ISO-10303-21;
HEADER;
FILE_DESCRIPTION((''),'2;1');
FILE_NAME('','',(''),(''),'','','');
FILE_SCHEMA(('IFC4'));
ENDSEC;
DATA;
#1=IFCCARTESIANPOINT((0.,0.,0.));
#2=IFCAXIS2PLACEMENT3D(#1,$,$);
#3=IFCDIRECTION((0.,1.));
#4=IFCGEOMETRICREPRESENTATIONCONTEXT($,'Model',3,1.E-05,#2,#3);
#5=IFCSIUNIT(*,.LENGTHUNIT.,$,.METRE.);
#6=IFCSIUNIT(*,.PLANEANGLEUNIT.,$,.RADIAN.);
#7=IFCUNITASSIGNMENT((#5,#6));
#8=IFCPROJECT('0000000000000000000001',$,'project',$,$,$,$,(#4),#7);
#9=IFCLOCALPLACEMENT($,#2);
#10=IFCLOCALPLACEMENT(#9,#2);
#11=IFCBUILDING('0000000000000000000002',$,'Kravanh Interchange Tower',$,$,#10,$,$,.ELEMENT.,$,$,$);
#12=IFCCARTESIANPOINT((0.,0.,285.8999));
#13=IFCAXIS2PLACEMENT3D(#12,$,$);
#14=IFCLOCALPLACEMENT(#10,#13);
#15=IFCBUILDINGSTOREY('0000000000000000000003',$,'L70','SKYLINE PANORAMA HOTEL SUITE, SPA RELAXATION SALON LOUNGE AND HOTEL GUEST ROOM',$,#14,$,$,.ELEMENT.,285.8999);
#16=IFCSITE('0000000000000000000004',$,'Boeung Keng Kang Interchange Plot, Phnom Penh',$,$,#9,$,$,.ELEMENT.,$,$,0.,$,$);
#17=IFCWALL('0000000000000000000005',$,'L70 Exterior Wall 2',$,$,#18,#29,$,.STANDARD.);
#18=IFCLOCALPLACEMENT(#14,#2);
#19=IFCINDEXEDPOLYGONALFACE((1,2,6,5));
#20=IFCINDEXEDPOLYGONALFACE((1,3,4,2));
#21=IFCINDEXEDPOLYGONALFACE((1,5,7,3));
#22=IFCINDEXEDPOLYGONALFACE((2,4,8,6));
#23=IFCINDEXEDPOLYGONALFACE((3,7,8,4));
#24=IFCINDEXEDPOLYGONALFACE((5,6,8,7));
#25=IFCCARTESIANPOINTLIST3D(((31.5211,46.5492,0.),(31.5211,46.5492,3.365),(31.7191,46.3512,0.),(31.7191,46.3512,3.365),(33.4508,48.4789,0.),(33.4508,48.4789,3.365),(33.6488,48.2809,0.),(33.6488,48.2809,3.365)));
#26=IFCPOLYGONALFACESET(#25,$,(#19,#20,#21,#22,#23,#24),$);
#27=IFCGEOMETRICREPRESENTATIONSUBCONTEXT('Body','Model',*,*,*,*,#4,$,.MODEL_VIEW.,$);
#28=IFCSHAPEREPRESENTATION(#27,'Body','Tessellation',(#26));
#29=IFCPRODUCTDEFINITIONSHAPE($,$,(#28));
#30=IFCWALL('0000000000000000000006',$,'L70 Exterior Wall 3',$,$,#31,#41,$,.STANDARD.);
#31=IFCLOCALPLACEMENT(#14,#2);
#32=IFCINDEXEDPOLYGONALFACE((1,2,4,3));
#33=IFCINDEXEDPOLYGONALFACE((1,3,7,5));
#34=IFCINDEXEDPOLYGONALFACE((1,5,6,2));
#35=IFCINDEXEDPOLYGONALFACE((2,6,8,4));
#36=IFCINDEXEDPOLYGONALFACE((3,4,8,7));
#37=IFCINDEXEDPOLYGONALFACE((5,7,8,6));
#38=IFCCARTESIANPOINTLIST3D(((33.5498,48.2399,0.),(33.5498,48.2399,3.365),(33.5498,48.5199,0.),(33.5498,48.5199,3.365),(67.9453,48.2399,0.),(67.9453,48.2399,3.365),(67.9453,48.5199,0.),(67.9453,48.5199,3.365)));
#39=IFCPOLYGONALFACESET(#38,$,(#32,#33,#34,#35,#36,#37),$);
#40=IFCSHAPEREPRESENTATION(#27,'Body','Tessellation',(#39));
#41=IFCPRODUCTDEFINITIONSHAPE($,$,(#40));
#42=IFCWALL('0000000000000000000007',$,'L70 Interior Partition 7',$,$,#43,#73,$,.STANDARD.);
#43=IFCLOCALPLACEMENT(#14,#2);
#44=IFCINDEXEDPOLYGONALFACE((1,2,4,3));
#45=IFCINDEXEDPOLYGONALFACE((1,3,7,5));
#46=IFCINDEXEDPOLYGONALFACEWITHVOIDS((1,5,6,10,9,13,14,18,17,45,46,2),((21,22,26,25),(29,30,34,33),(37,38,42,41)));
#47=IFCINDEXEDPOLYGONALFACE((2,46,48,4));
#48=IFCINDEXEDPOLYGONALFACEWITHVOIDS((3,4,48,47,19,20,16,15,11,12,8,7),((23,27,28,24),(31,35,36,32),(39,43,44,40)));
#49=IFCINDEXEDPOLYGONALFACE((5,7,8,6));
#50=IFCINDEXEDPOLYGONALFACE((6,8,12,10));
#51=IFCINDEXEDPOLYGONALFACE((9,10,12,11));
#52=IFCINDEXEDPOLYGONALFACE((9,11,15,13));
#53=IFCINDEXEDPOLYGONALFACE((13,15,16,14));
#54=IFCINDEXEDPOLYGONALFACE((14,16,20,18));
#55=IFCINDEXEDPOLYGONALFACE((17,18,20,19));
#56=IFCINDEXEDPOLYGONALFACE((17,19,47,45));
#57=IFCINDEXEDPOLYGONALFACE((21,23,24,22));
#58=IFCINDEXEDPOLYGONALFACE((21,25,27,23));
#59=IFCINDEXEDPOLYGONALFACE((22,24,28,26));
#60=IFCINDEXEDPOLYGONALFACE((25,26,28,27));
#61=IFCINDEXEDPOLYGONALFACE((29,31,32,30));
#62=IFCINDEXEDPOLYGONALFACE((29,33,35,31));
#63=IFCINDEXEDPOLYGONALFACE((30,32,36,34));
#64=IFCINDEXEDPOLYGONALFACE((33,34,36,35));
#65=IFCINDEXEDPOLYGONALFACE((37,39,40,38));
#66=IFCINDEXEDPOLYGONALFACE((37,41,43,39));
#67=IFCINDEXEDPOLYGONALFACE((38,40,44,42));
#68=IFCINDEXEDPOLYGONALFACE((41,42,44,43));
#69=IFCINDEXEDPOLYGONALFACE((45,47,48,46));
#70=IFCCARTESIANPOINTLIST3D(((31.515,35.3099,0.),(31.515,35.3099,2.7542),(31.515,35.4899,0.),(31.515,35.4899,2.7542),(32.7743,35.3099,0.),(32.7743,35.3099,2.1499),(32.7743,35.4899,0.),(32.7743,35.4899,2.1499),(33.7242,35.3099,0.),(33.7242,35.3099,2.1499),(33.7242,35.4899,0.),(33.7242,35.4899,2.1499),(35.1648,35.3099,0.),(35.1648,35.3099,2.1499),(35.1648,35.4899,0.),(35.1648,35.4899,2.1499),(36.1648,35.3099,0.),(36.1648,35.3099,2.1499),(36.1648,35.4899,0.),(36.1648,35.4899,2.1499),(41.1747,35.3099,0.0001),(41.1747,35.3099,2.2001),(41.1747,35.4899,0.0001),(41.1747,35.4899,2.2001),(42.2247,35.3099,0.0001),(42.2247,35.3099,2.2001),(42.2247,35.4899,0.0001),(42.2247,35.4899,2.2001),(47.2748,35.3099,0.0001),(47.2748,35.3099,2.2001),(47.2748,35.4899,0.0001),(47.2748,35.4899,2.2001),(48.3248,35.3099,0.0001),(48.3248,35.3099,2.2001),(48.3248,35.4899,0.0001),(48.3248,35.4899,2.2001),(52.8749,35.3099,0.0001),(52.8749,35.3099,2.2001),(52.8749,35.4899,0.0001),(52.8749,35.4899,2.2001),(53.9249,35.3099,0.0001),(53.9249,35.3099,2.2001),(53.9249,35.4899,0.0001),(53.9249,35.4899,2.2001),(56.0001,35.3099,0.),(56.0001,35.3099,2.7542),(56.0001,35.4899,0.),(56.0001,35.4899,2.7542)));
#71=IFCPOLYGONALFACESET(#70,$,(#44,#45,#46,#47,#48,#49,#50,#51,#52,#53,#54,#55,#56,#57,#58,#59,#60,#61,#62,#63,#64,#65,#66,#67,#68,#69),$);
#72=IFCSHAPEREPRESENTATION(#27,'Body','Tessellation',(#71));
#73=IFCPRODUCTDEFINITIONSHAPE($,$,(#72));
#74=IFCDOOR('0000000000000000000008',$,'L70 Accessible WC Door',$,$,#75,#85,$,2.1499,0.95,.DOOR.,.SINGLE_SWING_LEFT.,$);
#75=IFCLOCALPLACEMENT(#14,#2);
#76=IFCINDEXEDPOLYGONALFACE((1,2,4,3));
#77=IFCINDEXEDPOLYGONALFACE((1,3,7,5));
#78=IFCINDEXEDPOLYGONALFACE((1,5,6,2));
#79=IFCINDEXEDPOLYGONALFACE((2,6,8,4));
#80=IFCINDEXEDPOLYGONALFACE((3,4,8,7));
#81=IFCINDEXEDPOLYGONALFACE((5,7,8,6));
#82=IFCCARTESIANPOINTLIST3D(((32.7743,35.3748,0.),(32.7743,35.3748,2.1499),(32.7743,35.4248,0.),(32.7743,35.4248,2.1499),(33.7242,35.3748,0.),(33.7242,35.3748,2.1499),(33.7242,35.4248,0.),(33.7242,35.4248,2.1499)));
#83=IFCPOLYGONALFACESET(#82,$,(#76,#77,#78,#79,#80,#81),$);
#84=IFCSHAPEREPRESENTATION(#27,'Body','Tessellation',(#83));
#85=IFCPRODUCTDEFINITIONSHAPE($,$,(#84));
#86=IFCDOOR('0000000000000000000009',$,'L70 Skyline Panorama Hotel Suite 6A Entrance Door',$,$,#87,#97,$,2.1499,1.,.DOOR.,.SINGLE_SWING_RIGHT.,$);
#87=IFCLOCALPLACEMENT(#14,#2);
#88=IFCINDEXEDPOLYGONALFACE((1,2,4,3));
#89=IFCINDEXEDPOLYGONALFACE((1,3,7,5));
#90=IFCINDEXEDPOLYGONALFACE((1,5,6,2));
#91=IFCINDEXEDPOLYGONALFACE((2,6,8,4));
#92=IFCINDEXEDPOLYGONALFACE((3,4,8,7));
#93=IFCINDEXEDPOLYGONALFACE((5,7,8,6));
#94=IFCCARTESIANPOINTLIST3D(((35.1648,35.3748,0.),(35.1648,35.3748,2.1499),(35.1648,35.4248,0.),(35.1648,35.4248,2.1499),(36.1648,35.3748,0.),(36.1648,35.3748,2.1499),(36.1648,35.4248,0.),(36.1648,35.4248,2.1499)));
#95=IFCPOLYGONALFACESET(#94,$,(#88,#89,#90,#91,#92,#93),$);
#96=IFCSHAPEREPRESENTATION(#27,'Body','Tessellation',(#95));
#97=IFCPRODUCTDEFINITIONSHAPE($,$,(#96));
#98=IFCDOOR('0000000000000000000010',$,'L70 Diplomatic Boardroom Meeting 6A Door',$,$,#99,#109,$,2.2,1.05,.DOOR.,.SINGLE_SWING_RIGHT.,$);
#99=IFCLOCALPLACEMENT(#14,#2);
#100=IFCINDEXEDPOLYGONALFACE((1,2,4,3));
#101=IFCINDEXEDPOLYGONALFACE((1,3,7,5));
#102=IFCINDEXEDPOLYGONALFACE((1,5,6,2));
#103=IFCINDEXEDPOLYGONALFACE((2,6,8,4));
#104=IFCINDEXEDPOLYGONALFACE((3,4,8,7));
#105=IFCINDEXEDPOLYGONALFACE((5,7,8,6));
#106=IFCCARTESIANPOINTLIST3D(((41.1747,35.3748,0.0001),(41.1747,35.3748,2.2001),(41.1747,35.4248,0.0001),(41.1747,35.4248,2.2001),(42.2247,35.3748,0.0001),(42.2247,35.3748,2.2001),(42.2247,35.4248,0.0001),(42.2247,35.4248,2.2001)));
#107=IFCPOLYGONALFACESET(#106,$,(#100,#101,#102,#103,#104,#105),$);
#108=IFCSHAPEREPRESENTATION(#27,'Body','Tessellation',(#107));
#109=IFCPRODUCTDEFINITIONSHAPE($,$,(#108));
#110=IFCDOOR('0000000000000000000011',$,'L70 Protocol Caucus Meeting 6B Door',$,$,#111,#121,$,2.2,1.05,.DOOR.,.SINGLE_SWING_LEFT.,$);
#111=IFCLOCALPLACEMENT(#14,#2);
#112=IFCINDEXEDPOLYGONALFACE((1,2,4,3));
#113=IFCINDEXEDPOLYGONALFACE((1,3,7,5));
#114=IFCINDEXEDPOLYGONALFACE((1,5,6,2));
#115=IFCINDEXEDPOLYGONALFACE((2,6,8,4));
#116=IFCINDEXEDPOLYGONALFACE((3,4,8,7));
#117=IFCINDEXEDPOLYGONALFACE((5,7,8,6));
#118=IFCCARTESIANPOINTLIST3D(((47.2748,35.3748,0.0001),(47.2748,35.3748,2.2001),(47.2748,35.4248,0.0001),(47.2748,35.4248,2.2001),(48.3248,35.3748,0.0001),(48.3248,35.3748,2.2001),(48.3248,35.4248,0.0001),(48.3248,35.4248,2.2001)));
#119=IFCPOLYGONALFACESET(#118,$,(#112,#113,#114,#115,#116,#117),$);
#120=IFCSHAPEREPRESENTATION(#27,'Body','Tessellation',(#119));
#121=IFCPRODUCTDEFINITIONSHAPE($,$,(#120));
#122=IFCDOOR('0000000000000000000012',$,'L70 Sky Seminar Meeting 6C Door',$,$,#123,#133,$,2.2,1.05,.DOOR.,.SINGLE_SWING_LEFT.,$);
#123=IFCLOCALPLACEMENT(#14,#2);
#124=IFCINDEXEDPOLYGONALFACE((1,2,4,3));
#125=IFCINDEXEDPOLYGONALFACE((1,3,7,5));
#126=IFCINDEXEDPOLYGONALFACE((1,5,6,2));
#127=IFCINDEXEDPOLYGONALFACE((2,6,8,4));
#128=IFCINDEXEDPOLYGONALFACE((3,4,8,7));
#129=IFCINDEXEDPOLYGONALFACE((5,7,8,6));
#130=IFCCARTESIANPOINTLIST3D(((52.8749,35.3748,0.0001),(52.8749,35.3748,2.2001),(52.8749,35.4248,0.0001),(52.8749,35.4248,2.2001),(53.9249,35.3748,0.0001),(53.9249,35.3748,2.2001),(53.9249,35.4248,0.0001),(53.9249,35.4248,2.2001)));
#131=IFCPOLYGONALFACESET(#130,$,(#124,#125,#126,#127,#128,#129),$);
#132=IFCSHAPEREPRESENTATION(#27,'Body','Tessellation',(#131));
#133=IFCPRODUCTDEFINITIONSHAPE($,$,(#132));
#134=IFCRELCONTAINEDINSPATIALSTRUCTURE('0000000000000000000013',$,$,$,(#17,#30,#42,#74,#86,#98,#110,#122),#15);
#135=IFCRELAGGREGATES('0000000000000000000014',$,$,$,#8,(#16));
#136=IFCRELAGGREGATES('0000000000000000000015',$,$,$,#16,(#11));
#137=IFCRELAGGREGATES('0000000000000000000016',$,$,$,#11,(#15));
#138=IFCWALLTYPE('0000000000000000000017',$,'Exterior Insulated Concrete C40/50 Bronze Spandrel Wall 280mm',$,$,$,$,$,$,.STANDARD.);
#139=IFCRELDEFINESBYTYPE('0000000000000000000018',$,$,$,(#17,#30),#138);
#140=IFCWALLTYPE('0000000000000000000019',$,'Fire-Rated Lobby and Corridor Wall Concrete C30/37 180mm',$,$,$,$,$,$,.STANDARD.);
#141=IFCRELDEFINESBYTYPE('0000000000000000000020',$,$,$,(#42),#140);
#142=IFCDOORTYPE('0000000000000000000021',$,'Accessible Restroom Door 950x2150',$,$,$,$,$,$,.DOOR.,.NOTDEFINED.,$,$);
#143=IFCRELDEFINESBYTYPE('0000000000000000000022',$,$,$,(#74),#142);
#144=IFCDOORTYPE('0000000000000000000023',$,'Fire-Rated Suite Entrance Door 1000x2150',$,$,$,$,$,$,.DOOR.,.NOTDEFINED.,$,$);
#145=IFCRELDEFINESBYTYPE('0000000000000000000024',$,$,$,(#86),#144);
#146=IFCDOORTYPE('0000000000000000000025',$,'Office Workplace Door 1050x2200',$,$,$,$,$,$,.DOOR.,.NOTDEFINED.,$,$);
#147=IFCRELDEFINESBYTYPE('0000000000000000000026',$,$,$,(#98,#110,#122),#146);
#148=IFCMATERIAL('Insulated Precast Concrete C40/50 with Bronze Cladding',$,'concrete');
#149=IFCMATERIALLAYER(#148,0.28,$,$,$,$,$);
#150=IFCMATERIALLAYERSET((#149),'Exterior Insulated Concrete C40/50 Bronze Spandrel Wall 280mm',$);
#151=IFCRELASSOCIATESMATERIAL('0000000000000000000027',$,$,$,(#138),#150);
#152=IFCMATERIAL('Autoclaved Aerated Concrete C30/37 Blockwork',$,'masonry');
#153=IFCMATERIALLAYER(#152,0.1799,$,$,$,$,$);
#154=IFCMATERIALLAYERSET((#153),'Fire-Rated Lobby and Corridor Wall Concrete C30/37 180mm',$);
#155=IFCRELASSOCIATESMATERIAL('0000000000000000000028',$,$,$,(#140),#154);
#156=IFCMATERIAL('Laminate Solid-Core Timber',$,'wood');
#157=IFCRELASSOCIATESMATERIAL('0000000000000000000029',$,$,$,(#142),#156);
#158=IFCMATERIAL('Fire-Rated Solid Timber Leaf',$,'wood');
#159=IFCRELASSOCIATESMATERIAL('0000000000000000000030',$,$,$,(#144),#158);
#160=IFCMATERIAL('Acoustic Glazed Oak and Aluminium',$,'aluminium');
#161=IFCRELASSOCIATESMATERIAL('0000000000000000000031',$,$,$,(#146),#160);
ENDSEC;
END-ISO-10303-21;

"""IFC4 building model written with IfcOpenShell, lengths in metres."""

from ifc_helpers import new_model, si_unit, direction, frame, frame_2d, origin, place, context, subcontext, project, spatial, rectangle, extrude, material, layer, layer_set, type_object, element, fill, save


model = new_model("IFC4")

# Units and contexts
model_context = context("Model", 3, precision=1e-05, world=origin(), true_north=direction((0.0, 1.0)))
body_context = subcontext(model_context, "Body", "Model", "MODEL_VIEW")
ifc_project = project(units=[si_unit("LENGTHUNIT", "METRE"), si_unit("PLANEANGLEUNIT", "RADIAN")], contexts=[model_context])

# Site, building, storey
site_placement = place(None, origin())
site = spatial("IfcSite", under=ifc_project, at=site_placement, Name="Boeung Keng Kang Interchange Plot, Phnom Penh", CompositionType="ELEMENT", RefElevation=0.0)
building_placement = place(site_placement, origin())
building = spatial("IfcBuilding", under=site, at=building_placement, Name="Kravanh Interchange Tower", CompositionType="ELEMENT")
storey_placement = place(building_placement, frame((0.0, 0.0, 285.8999)))
storey = spatial("IfcBuildingStorey", under=building, at=storey_placement, Name="L70", Description="SKYLINE PANORAMA HOTEL SUITE, SPA RELAXATION SALON LOUNGE AND HOTEL GUEST ROOM", CompositionType="ELEMENT", Elevation=285.8999)

# Walls
ifc_material_1 = material(Name="Insulated Precast Concrete C40/50 with Bronze Cladding", Category="concrete")
ifc_layer_1 = layer(ifc_material_1, 0.28)
ifc_layer_set_1 = layer_set([ifc_layer_1], Name="Exterior Insulated Concrete C40/50 Bronze Spandrel Wall 280mm")
wall_type_1 = type_object("IfcWallType", Name="Exterior Insulated Concrete C40/50 Bronze Spandrel Wall 280mm", PredefinedType="STANDARD", material=ifc_layer_set_1)
wall_1_placement = place(storey_placement, frame((31.6201, 46.4502, 0.0), z_axis=(0.0, 0.0, 1.0), x_axis=(0.707107, 0.707107, 0.0)))
element("IfcWall", 1, at=wall_1_placement, inside=storey, type_object=wall_type_1, Name="L70 Exterior Wall 2", PredefinedType="STANDARD", context=body_context, shape_type="SweptSolid", body=[
    extrude(rectangle(XDim=2.729, YDim=0.28, at=frame_2d((1.3645, 0.0))), origin(), (0.0, 0.0, 1.0), 3.365),
])
wall_2_placement = place(storey_placement, frame((33.5498, 48.3799, 0.0), z_axis=(0.0, 0.0, 1.0), x_axis=(1.0, 0.0, 0.0)))
element("IfcWall", 2, at=wall_2_placement, inside=storey, type_object=wall_type_1, Name="L70 Exterior Wall 3", PredefinedType="STANDARD", context=body_context, shape_type="SweptSolid", body=[
    extrude(rectangle(XDim=34.3955, YDim=0.28, at=frame_2d((17.1978, 0.0))), origin(), (0.0, 0.0, 1.0), 3.365),
])

# Wall, openings, doors
ifc_material_2 = material(Name="Autoclaved Aerated Concrete C30/37 Blockwork", Category="masonry")
ifc_layer_2 = layer(ifc_material_2, 0.1799)
ifc_layer_set_2 = layer_set([ifc_layer_2], Name="Fire-Rated Lobby and Corridor Wall Concrete C30/37 180mm")
wall_type_2 = type_object("IfcWallType", Name="Fire-Rated Lobby and Corridor Wall Concrete C30/37 180mm", PredefinedType="STANDARD", material=ifc_layer_set_2)
wall_3_placement = place(storey_placement, frame((31.5149, 35.3999, 0.0), z_axis=(0.0, 0.0, 1.0), x_axis=(1.0, 0.0, 0.0)))
wall_3 = element("IfcWall", 3, at=wall_3_placement, inside=storey, type_object=wall_type_2, Name="L70 Interior Partition 7", PredefinedType="STANDARD", context=body_context, shape_type="SweptSolid", body=[
    extrude(rectangle(XDim=24.4851, YDim=0.1799, at=frame_2d((12.2427, 0.0))), origin(), (0.0, 0.0, 1.0), 2.7542),
])
opening_1_placement = place(wall_3_placement, frame((1.2593, 0.0, 0.0)))
opening_1 = element("IfcOpeningElement", 4, at=opening_1_placement, cuts=wall_3, PredefinedType="OPENING", context=body_context, shape_type="SweptSolid", body=[
    extrude(rectangle(XDim=0.95, YDim=2.1499, at=frame_2d((0.4751, 1.075))), frame((0.0, 0.1001, 0.0), z_axis=(0.0, -1.0, 0.0), x_axis=(1.0, 0.0, 0.0)), (0.0, 0.0, 1.0), 0.2),
])
opening_2_placement = place(wall_3_placement, frame((3.6499, 0.0, 0.0)))
opening_2 = element("IfcOpeningElement", 5, at=opening_2_placement, cuts=wall_3, PredefinedType="OPENING", context=body_context, shape_type="SweptSolid", body=[
    extrude(rectangle(XDim=1.0, YDim=2.1499, at=frame_2d((0.5, 1.075))), frame((0.0, 0.1001, 0.0), z_axis=(0.0, -1.0, 0.0), x_axis=(1.0, 0.0, 0.0)), (0.0, 0.0, 1.0), 0.2),
])
opening_3_placement = place(wall_3_placement, frame((9.6599, 0.0, 0.0)))
opening_3 = element("IfcOpeningElement", 6, at=opening_3_placement, cuts=wall_3, PredefinedType="OPENING", context=body_context, shape_type="SweptSolid", body=[
    extrude(rectangle(XDim=1.05, YDim=2.2, at=frame_2d((0.5249, 1.1001))), frame((0.0, 0.1001, 0.0), z_axis=(0.0, -1.0, 0.0), x_axis=(1.0, 0.0, 0.0)), (0.0, 0.0, 1.0), 0.2),
])
opening_4_placement = place(wall_3_placement, frame((15.76, 0.0, 0.0)))
opening_4 = element("IfcOpeningElement", 7, at=opening_4_placement, cuts=wall_3, PredefinedType="OPENING", context=body_context, shape_type="SweptSolid", body=[
    extrude(rectangle(XDim=1.05, YDim=2.2, at=frame_2d((0.5249, 1.1001))), frame((0.0, 0.1001, 0.0), z_axis=(0.0, -1.0, 0.0), x_axis=(1.0, 0.0, 0.0)), (0.0, 0.0, 1.0), 0.2),
])
opening_5_placement = place(wall_3_placement, frame((21.3601, 0.0, 0.0)))
opening_5 = element("IfcOpeningElement", 8, at=opening_5_placement, cuts=wall_3, PredefinedType="OPENING", context=body_context, shape_type="SweptSolid", body=[
    extrude(rectangle(XDim=1.05, YDim=2.2, at=frame_2d((0.5249, 1.1001))), frame((0.0, 0.1001, 0.0), z_axis=(0.0, -1.0, 0.0), x_axis=(1.0, 0.0, 0.0)), (0.0, 0.0, 1.0), 0.2),
])
ifc_material_3 = material(Name="Laminate Solid-Core Timber", Category="wood")
door_type_1 = type_object("IfcDoorType", Name="Accessible Restroom Door 950x2150", OperationType="NOTDEFINED", PredefinedType="DOOR", material=ifc_material_3)
door_1_placement = place(opening_1_placement, origin())
door_1 = element("IfcDoor", 9, at=door_1_placement, inside=storey, type_object=door_type_1, Name="L70 Accessible WC Door", OperationType="SINGLE_SWING_LEFT", OverallHeight=2.1499, OverallWidth=0.95, PredefinedType="DOOR", context=body_context, shape_type="SweptSolid", body=[
    extrude(rectangle(XDim=0.95, YDim=2.1499, at=frame_2d((0.4751, 1.075))), frame((0.0, 0.0249, 0.0), z_axis=(0.0, -1.0, 0.0), x_axis=(1.0, 0.0, 0.0)), (0.0, 0.0, 1.0), 0.05),
])
fill(opening_1, door_1)
ifc_material_4 = material(Name="Fire-Rated Solid Timber Leaf", Category="wood")
door_type_2 = type_object("IfcDoorType", Name="Fire-Rated Suite Entrance Door 1000x2150", OperationType="NOTDEFINED", PredefinedType="DOOR", material=ifc_material_4)
door_2_placement = place(opening_2_placement, origin())
door_2 = element("IfcDoor", 10, at=door_2_placement, inside=storey, type_object=door_type_2, Name="L70 Skyline Panorama Hotel Suite 6A Entrance Door", OperationType="SINGLE_SWING_RIGHT", OverallHeight=2.1499, OverallWidth=1.0, PredefinedType="DOOR", context=body_context, shape_type="SweptSolid", body=[
    extrude(rectangle(XDim=1.0, YDim=2.1499, at=frame_2d((0.5, 1.075))), frame((0.0, 0.0249, 0.0), z_axis=(0.0, -1.0, 0.0), x_axis=(1.0, 0.0, 0.0)), (0.0, 0.0, 1.0), 0.05),
])
fill(opening_2, door_2)
ifc_material_5 = material(Name="Acoustic Glazed Oak and Aluminium", Category="aluminium")
door_type_3 = type_object("IfcDoorType", Name="Office Workplace Door 1050x2200", OperationType="NOTDEFINED", PredefinedType="DOOR", material=ifc_material_5)
door_3_placement = place(opening_3_placement, origin())
door_3 = element("IfcDoor", 11, at=door_3_placement, inside=storey, type_object=door_type_3, Name="L70 Diplomatic Boardroom Meeting 6A Door", OperationType="SINGLE_SWING_RIGHT", OverallHeight=2.2, OverallWidth=1.05, PredefinedType="DOOR", context=body_context, shape_type="SweptSolid", body=[
    extrude(rectangle(XDim=1.05, YDim=2.2, at=frame_2d((0.5249, 1.1001))), frame((0.0, 0.0249, 0.0), z_axis=(0.0, -1.0, 0.0), x_axis=(1.0, 0.0, 0.0)), (0.0, 0.0, 1.0), 0.05),
])
fill(opening_3, door_3)
door_4_placement = place(opening_4_placement, origin())
door_4 = element("IfcDoor", 12, at=door_4_placement, inside=storey, type_object=door_type_3, Name="L70 Protocol Caucus Meeting 6B Door", OperationType="SINGLE_SWING_LEFT", OverallHeight=2.2, OverallWidth=1.05, PredefinedType="DOOR", context=body_context, shape_type="SweptSolid", body=[
    extrude(rectangle(XDim=1.05, YDim=2.2, at=frame_2d((0.5249, 1.1001))), frame((0.0, 0.0249, 0.0), z_axis=(0.0, -1.0, 0.0), x_axis=(1.0, 0.0, 0.0)), (0.0, 0.0, 1.0), 0.05),
])
fill(opening_4, door_4)
door_5_placement = place(opening_5_placement, origin())
door_5 = element("IfcDoor", 13, at=door_5_placement, inside=storey, type_object=door_type_3, Name="L70 Sky Seminar Meeting 6C Door", OperationType="SINGLE_SWING_LEFT", OverallHeight=2.2, OverallWidth=1.05, PredefinedType="DOOR", context=body_context, shape_type="SweptSolid", body=[
    extrude(rectangle(XDim=1.05, YDim=2.2, at=frame_2d((0.5249, 1.1001))), frame((0.0, 0.0249, 0.0), z_axis=(0.0, -1.0, 0.0), x_axis=(1.0, 0.0, 0.0)), (0.0, 0.0, 1.0), 0.05),
])
fill(opening_5, door_5)

save(model, "model.ifc")
